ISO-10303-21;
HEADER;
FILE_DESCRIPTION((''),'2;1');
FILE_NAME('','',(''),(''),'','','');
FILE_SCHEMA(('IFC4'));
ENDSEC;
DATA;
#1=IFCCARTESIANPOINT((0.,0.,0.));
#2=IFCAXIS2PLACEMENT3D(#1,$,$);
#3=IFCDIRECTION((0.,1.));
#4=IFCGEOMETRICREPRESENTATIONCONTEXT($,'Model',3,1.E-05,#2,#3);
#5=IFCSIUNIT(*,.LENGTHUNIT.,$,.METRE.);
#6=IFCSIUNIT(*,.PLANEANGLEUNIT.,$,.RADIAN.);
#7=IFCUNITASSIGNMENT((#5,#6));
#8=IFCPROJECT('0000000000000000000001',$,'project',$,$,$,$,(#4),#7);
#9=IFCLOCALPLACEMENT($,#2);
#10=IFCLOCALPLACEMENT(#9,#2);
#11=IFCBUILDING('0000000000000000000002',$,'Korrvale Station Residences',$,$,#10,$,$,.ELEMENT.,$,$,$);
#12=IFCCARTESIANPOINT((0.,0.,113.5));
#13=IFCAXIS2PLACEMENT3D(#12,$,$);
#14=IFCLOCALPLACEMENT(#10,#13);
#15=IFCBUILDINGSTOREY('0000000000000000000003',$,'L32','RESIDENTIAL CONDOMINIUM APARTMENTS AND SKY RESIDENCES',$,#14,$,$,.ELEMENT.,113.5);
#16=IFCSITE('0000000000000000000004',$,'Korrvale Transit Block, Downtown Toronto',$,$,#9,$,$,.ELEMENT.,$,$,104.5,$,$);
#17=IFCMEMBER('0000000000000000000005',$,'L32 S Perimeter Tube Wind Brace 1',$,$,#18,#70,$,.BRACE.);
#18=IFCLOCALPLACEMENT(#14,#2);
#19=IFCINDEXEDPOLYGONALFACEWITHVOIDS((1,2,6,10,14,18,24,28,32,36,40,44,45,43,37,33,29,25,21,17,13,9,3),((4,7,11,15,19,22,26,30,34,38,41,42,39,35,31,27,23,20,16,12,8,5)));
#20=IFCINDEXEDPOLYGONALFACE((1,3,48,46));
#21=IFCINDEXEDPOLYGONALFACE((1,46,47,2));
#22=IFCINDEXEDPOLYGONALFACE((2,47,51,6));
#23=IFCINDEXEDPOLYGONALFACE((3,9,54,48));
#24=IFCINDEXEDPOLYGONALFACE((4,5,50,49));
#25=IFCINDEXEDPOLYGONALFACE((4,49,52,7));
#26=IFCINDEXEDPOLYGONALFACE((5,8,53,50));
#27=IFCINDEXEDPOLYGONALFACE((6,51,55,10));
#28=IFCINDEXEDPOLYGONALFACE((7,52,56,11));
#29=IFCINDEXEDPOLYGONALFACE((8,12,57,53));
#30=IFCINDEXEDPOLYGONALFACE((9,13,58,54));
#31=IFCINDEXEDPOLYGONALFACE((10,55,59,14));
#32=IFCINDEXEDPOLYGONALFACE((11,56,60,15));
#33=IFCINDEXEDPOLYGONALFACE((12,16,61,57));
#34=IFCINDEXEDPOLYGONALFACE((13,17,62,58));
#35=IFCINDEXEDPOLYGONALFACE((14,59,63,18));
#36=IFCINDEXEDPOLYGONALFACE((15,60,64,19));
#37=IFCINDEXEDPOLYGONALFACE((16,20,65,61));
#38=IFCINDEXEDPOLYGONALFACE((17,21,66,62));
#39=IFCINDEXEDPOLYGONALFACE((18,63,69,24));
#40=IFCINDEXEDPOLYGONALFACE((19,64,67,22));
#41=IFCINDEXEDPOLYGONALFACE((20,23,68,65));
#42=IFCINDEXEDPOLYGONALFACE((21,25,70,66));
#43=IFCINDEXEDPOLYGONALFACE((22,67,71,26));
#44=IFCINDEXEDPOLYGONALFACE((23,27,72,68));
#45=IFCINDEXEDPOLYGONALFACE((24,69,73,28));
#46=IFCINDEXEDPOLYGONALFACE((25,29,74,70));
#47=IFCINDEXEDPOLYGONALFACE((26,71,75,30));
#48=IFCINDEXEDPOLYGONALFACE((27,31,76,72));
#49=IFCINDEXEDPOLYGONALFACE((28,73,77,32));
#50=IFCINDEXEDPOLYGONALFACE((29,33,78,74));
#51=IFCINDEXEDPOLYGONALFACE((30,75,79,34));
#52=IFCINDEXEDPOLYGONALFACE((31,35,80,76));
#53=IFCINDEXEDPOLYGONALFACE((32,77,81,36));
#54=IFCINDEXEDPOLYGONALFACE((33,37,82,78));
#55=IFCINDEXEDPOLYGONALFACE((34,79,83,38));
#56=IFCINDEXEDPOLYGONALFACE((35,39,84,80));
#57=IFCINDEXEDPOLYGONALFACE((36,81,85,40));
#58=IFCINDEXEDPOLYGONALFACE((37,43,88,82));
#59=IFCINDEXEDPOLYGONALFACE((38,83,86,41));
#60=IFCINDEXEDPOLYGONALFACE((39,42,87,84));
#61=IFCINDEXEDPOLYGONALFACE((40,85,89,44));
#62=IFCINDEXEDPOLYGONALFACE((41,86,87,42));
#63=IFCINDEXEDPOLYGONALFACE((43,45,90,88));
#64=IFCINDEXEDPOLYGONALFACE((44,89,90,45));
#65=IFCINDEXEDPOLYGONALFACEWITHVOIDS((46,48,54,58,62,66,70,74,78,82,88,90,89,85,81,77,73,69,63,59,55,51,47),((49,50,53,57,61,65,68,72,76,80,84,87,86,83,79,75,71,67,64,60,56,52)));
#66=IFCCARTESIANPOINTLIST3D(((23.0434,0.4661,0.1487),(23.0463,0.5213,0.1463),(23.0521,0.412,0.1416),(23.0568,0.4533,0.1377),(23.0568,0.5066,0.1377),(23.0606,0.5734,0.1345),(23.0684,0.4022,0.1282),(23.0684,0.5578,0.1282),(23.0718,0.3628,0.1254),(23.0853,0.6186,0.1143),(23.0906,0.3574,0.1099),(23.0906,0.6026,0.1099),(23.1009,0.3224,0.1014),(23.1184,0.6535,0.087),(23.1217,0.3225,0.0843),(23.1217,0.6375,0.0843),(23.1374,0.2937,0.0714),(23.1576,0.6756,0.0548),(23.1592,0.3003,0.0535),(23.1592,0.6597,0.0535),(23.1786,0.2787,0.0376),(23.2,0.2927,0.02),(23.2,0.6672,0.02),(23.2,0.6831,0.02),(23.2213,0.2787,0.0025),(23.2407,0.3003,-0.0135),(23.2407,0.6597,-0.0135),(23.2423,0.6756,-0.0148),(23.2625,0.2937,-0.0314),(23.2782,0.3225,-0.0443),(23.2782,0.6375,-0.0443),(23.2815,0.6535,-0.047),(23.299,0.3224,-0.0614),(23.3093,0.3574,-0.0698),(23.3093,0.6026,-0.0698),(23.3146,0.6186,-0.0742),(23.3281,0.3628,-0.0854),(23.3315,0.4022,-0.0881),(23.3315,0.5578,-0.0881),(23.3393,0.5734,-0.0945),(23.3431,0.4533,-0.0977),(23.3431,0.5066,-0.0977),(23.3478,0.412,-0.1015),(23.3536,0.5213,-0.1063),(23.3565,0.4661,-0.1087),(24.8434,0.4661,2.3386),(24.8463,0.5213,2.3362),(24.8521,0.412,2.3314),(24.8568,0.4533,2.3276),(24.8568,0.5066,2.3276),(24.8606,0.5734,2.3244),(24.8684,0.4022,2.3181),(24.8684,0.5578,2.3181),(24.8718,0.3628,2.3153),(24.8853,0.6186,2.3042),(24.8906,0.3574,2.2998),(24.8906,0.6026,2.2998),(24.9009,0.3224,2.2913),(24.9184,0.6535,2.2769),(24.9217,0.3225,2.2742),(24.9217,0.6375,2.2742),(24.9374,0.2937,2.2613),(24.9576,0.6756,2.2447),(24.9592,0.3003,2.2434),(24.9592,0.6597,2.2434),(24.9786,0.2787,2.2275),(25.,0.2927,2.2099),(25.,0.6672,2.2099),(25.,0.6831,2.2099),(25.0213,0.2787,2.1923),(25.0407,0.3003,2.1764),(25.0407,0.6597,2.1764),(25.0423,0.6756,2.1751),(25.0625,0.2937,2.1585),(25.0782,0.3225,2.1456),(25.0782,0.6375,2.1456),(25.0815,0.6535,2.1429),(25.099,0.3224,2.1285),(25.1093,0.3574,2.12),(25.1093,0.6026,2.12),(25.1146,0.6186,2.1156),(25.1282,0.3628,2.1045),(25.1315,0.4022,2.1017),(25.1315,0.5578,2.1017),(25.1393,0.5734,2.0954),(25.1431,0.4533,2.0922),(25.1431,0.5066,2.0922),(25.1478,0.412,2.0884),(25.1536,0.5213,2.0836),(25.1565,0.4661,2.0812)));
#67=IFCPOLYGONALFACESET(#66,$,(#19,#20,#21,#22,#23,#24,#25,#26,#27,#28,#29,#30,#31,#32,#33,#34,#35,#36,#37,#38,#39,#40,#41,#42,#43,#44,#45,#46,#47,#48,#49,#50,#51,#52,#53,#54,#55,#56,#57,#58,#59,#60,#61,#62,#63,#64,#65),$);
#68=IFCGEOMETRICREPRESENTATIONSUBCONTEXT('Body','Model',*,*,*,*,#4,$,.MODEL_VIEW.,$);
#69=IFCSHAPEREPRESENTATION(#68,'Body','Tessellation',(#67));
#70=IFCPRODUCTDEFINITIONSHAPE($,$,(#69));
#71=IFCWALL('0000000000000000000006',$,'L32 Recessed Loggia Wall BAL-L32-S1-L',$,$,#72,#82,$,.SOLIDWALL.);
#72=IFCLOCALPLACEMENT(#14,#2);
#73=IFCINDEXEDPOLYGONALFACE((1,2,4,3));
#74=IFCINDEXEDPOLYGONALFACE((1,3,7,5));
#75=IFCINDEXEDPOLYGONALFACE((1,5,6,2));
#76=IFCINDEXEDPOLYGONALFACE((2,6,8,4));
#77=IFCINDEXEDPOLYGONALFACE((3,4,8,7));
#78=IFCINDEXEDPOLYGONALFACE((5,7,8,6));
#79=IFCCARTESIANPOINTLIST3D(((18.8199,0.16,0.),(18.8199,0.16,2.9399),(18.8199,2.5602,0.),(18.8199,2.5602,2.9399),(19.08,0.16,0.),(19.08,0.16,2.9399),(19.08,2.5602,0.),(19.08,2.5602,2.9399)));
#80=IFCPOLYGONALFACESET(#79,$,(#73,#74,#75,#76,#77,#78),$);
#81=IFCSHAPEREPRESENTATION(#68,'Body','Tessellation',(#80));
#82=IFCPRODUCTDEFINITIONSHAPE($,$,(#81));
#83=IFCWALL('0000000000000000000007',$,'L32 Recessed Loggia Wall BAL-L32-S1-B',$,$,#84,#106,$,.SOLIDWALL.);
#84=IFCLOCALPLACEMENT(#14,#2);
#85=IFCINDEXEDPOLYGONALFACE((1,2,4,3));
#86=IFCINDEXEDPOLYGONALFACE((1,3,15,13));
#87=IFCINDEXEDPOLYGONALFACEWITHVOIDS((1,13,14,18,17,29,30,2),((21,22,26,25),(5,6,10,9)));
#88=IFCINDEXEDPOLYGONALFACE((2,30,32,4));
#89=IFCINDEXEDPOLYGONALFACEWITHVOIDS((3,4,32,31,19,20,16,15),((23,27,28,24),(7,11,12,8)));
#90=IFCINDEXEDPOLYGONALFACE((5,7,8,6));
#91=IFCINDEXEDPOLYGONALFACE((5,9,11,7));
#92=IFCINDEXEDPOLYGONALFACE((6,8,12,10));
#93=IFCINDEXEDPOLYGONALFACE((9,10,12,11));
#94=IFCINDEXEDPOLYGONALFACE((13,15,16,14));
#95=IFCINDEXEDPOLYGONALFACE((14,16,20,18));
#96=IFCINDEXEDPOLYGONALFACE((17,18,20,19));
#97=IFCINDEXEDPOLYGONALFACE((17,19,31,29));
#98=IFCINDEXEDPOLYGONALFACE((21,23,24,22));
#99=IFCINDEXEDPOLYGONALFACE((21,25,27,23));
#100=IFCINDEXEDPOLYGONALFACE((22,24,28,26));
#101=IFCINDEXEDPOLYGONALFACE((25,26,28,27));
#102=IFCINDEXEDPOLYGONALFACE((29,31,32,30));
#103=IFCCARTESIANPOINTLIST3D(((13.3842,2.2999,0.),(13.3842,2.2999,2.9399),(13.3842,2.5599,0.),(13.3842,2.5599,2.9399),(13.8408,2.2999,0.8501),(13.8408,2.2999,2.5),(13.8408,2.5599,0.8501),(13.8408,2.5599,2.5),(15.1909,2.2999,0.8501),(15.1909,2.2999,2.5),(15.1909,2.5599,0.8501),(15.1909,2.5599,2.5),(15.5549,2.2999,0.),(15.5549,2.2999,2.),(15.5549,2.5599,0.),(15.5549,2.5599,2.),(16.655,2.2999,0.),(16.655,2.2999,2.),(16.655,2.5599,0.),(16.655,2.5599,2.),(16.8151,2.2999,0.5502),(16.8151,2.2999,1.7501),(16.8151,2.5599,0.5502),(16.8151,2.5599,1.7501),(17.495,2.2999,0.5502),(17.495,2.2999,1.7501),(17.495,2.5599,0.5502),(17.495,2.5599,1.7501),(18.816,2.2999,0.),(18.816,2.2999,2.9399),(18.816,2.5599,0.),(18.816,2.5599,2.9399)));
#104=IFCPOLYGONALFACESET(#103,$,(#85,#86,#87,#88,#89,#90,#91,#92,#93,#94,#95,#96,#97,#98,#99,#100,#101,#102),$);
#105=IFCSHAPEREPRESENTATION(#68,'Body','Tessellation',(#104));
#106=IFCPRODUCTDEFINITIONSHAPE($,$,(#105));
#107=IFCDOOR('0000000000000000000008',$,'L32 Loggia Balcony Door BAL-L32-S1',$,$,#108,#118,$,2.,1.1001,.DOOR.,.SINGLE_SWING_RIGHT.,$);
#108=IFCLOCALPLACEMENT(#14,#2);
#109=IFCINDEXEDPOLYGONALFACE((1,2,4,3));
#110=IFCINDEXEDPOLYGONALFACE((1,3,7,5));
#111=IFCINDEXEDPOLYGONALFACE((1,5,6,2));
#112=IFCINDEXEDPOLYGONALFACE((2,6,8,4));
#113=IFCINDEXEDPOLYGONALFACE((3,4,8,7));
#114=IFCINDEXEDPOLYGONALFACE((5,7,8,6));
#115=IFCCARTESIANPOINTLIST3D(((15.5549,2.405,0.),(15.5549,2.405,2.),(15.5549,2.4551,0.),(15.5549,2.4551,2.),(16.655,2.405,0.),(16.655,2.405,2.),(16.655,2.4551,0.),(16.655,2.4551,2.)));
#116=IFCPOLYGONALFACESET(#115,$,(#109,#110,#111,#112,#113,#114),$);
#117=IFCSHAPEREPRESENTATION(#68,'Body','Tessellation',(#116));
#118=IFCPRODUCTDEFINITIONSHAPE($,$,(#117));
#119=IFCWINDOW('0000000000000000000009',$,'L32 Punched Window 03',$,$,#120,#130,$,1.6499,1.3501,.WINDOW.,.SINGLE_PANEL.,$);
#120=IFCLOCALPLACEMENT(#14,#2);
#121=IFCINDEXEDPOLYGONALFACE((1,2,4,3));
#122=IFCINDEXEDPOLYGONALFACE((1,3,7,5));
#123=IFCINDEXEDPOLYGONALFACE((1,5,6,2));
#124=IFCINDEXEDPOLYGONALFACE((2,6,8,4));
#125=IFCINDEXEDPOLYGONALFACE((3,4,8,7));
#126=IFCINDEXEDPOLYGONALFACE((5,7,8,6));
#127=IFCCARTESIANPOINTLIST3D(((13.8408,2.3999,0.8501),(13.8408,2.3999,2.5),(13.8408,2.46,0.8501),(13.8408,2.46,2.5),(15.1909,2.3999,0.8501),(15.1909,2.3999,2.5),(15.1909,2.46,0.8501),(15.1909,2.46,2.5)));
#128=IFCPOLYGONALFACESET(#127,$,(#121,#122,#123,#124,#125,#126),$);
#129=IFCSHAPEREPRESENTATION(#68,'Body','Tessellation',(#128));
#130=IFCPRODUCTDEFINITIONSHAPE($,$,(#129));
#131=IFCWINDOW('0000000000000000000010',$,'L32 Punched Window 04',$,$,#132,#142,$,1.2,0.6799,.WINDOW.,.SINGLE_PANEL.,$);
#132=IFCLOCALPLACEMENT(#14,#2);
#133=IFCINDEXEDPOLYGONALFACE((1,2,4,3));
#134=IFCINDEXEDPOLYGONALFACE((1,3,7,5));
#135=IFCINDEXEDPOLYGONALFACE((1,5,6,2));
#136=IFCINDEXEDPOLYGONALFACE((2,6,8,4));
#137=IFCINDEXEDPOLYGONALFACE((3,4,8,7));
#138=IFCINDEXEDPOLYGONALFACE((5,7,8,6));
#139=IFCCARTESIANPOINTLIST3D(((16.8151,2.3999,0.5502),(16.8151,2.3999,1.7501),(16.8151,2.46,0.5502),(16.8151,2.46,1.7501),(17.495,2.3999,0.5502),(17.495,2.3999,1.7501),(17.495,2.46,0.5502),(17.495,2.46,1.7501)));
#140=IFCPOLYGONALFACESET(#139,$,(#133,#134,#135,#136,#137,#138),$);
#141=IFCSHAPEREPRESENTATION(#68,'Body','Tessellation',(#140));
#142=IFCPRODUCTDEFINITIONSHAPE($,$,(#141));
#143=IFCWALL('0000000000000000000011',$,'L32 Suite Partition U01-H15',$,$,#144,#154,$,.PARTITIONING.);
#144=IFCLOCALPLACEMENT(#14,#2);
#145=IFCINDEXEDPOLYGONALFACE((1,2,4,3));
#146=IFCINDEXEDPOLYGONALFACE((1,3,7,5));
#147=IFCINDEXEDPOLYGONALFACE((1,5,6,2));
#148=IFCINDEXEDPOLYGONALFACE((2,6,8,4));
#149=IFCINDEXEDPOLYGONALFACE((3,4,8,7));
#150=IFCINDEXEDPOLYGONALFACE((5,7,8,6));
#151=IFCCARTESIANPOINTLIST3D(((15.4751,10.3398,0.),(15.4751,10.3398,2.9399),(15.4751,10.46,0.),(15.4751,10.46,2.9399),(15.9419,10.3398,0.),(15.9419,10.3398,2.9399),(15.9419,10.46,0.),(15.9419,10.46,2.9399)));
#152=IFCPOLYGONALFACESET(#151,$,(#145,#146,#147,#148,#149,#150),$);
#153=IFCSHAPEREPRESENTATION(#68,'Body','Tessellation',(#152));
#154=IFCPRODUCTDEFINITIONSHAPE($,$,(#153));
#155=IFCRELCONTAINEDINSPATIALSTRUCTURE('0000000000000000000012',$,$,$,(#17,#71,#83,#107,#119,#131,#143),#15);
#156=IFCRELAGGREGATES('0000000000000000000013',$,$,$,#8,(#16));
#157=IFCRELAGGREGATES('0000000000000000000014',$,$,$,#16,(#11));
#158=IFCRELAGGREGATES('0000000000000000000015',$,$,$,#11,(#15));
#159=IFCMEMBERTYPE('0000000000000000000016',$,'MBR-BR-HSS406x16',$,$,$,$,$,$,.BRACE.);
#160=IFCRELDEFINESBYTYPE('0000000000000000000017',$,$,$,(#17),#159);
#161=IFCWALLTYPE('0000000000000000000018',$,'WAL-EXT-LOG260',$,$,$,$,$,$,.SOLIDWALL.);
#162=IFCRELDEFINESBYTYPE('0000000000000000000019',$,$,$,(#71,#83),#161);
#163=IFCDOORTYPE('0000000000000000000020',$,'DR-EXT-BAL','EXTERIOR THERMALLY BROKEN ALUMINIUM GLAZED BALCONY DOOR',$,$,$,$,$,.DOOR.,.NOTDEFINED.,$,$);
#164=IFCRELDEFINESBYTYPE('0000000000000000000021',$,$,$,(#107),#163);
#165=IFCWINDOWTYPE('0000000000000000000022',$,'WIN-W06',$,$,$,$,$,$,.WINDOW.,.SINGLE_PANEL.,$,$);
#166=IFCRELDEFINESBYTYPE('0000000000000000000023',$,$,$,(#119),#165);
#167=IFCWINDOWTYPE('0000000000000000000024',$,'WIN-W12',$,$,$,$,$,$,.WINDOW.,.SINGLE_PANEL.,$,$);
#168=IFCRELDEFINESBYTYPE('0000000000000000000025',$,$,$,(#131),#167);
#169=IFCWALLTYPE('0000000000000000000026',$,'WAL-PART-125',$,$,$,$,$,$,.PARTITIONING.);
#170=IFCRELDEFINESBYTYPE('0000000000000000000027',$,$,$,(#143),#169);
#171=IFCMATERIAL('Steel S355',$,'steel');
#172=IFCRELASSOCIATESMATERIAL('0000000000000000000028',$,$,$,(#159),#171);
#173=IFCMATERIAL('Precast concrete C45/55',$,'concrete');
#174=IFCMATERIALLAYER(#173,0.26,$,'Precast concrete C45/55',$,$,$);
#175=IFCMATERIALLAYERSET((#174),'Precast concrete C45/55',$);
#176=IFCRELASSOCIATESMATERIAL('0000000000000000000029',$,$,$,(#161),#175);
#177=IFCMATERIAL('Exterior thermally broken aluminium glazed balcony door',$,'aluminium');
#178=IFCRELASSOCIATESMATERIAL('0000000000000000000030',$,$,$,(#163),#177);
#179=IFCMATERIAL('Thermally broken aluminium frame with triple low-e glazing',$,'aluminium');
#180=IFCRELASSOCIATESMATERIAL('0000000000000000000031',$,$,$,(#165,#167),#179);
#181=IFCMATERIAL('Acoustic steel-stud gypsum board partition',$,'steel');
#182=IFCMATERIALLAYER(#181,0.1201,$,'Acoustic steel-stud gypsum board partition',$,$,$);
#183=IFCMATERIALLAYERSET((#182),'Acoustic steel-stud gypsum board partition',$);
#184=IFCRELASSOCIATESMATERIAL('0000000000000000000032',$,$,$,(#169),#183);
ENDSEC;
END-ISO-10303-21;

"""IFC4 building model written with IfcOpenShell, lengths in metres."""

from ifc_helpers import new_model, si_unit, direction, frame, frame_2d, origin, origin_2d, place, context, subcontext, project, spatial, rectangle, hollow_circle, extrude, material, layer, layer_set, material_profile, profile_set, type_object, element, fill, save


model = new_model("IFC4")

# Units and contexts
model_context = context("Model", 3, precision=1e-05, world=origin(), true_north=direction((0.0, 1.0)))
body_context = subcontext(model_context, "Body", "Model", "MODEL_VIEW")
ifc_project = project(units=[si_unit("LENGTHUNIT", "METRE"), si_unit("PLANEANGLEUNIT", "RADIAN")], contexts=[model_context])

# Site, building, storey
site_placement = place(None, origin())
site = spatial("IfcSite", under=ifc_project, at=site_placement, Name="Korrvale Transit Block, Downtown Toronto", CompositionType="ELEMENT", RefElevation=104.5)
building_placement = place(site_placement, origin())
building = spatial("IfcBuilding", under=site, at=building_placement, Name="Korrvale Station Residences", CompositionType="ELEMENT")
storey_placement = place(building_placement, frame((0.0, 0.0, 113.5)))
storey = spatial("IfcBuildingStorey", under=building, at=storey_placement, Name="L32", Description="RESIDENTIAL CONDOMINIUM APARTMENTS AND SKY RESIDENCES", CompositionType="ELEMENT", Elevation=113.5)

# Shared definitions
ifc_material_1 = material(Name="Steel S355", Category="steel")

# Member
ifc_material_profile_1 = material_profile(ifc_material_1, hollow_circle(Radius=0.2031, WallThickness=0.0159, at=origin_2d()), Name="HSS406x16")
ifc_profile_set_1 = profile_set([ifc_material_profile_1], Name="Steel S355")
member_type = type_object("IfcMemberType", Name="MBR-BR-HSS406x16", PredefinedType="BRACE", material=ifc_profile_set_1)
member_placement = place(storey_placement, frame((23.2, 0.48, 0.02), z_axis=(0.634985, 0.0, 0.772524), x_axis=(0.0, 1.0, 0.0)))
element("IfcMember", 1, at=member_placement, inside=storey, type_object=member_type, Name="L32 S Perimeter Tube Wind Brace 1", PredefinedType="BRACE", context=body_context, shape_type="SweptSolid", body=[
    extrude(hollow_circle(Radius=0.2031, WallThickness=0.0159, at=origin_2d()), origin(), (0.0, 0.0, 1.0), 2.8347),
])

# Wall
ifc_material_2 = material(Name="Precast concrete C45/55", Category="concrete")
ifc_layer_1 = layer(ifc_material_2, 0.26, Name="Precast concrete C45/55")
ifc_layer_set_1 = layer_set([ifc_layer_1], Name="Precast concrete C45/55")
wall_type_1 = type_object("IfcWallType", Name="WAL-EXT-LOG260", PredefinedType="SOLIDWALL", material=ifc_layer_set_1)
wall_1_placement = place(storey_placement, frame((18.95, 0.1599, 0.0), z_axis=(0.0, 0.0, 1.0), x_axis=(0.0, 1.0, 0.0)))
element("IfcWall", 2, at=wall_1_placement, inside=storey, type_object=wall_type_1, Name="L32 Recessed Loggia Wall BAL-L32-S1-L", PredefinedType="SOLIDWALL", context=body_context, shape_type="SweptSolid", body=[
    extrude(rectangle(XDim=2.4001, YDim=0.26, at=frame_2d((1.2002, 0.0))), origin(), (0.0, 0.0, 1.0), 2.9399),
])

# Wall, openings, door, windows
wall_2_placement = place(storey_placement, frame((18.8159, 2.4299, 0.0), z_axis=(0.0, 0.0, 1.0), x_axis=(-1.0, 0.0, 0.0)))
wall_2 = element("IfcWall", 3, at=wall_2_placement, inside=storey, type_object=wall_type_1, Name="L32 Recessed Loggia Wall BAL-L32-S1-B", PredefinedType="SOLIDWALL", context=body_context, shape_type="SweptSolid", body=[
    extrude(rectangle(XDim=5.4319, YDim=0.26, at=frame_2d((2.7158, 0.0))), origin(), (0.0, 0.0, 1.0), 2.9399),
])
opening_1_placement = place(wall_2_placement, frame((2.1609, 0.0, 0.0)))
opening_1 = element("IfcOpeningElement", 4, at=opening_1_placement, cuts=wall_2, PredefinedType="OPENING", context=body_context, shape_type="SweptSolid", body=[
    extrude(rectangle(XDim=1.1001, YDim=2.0, at=frame_2d((0.55, 1.0))), frame((0.0, 0.1401, 0.0), z_axis=(0.0, -1.0, 0.0), x_axis=(1.0, 0.0, 0.0)), (0.0, 0.0, 1.0), 0.28),
])
opening_2_placement = place(wall_2_placement, frame((3.625, 0.0, 0.8501)))
opening_2 = element("IfcOpeningElement", 5, at=opening_2_placement, cuts=wall_2, PredefinedType="OPENING", context=body_context, shape_type="SweptSolid", body=[
    extrude(rectangle(XDim=1.3501, YDim=1.6499, at=frame_2d((0.675, 0.825))), frame((0.0, 0.1401, 0.0), z_axis=(0.0, -1.0, 0.0), x_axis=(1.0, 0.0, 0.0)), (0.0, 0.0, 1.0), 0.28),
])
opening_3_placement = place(wall_2_placement, frame((1.321, 0.0, 0.55)))
opening_3 = element("IfcOpeningElement", 6, at=opening_3_placement, cuts=wall_2, PredefinedType="OPENING", context=body_context, shape_type="SweptSolid", body=[
    extrude(rectangle(XDim=0.6799, YDim=1.2, at=frame_2d((0.3398, 0.6001))), frame((0.0, 0.1401, 0.0), z_axis=(0.0, -1.0, 0.0), x_axis=(1.0, 0.0, 0.0)), (0.0, 0.0, 1.0), 0.28),
])
ifc_material_3 = material(Name="Exterior thermally broken aluminium glazed balcony door", Category="aluminium")
door_type_1 = type_object("IfcDoorType", Name="DR-EXT-BAL", Description="EXTERIOR THERMALLY BROKEN ALUMINIUM GLAZED BALCONY DOOR", OperationType="NOTDEFINED", PredefinedType="DOOR", material=ifc_material_3)
door_1_placement = place(opening_1_placement, origin())
door_1 = element("IfcDoor", 7, at=door_1_placement, inside=storey, type_object=door_type_1, Name="L32 Loggia Balcony Door BAL-L32-S1", OperationType="SINGLE_SWING_RIGHT", OverallHeight=2.0, OverallWidth=1.1001, PredefinedType="DOOR", context=body_context, shape_type="SweptSolid", body=[
    extrude(rectangle(XDim=1.1001, YDim=2.0, at=frame_2d((0.55, 1.0))), frame((0.0, 0.0249, 0.0), z_axis=(0.0, -1.0, 0.0), x_axis=(1.0, 0.0, 0.0)), (0.0, 0.0, 1.0), 0.05),
])
fill(opening_1, door_1)
ifc_material_4 = material(Name="Thermally broken aluminium frame with triple low-e glazing", Category="aluminium")
window_type_1 = type_object("IfcWindowType", Name="WIN-W06", PartitioningType="SINGLE_PANEL", PredefinedType="WINDOW", material=ifc_material_4)
window_1_placement = place(opening_2_placement, origin())
window_1 = element("IfcWindow", 8, at=window_1_placement, inside=storey, type_object=window_type_1, Name="L32 Punched Window 03", OverallHeight=1.6499, OverallWidth=1.3501, PartitioningType="SINGLE_PANEL", PredefinedType="WINDOW", context=body_context, shape_type="SweptSolid", body=[
    extrude(rectangle(XDim=1.3501, YDim=1.6499, at=frame_2d((0.675, 0.825))), frame((0.0, 0.03, 0.0), z_axis=(0.0, -1.0, 0.0), x_axis=(1.0, 0.0, 0.0)), (0.0, 0.0, 1.0), 0.0601),
])
fill(opening_2, window_1)
window_type_2 = type_object("IfcWindowType", Name="WIN-W12", PartitioningType="SINGLE_PANEL", PredefinedType="WINDOW", material=ifc_material_4)
window_2_placement = place(opening_3_placement, origin())
window_2 = element("IfcWindow", 9, at=window_2_placement, inside=storey, type_object=window_type_2, Name="L32 Punched Window 04", OverallHeight=1.2, OverallWidth=0.6799, PartitioningType="SINGLE_PANEL", PredefinedType="WINDOW", context=body_context, shape_type="SweptSolid", body=[
    extrude(rectangle(XDim=0.6799, YDim=1.2, at=frame_2d((0.3398, 0.6001))), frame((0.0, 0.03, 0.0), z_axis=(0.0, -1.0, 0.0), x_axis=(1.0, 0.0, 0.0)), (0.0, 0.0, 1.0), 0.0601),
])
fill(opening_3, window_2)

# Wall
ifc_material_5 = material(Name="Acoustic steel-stud gypsum board partition", Category="steel")
ifc_layer_2 = layer(ifc_material_5, 0.1201, Name="Acoustic steel-stud gypsum board partition")
ifc_layer_set_2 = layer_set([ifc_layer_2], Name="Acoustic steel-stud gypsum board partition")
wall_type_2 = type_object("IfcWallType", Name="WAL-PART-125", PredefinedType="PARTITIONING", material=ifc_layer_set_2)
wall_3_placement = place(storey_placement, frame((15.4751, 10.3999, 0.0), z_axis=(0.0, 0.0, 1.0), x_axis=(1.0, 0.0, 0.0)))
element("IfcWall", 10, at=wall_3_placement, inside=storey, type_object=wall_type_2, Name="L32 Suite Partition U01-H15", PredefinedType="PARTITIONING", context=body_context, shape_type="SweptSolid", body=[
    extrude(rectangle(XDim=0.4668, YDim=0.1201, at=frame_2d((0.2334, 0.0))), origin(), (0.0, 0.0, 1.0), 2.9399),
])

save(model, "model.ifc")
